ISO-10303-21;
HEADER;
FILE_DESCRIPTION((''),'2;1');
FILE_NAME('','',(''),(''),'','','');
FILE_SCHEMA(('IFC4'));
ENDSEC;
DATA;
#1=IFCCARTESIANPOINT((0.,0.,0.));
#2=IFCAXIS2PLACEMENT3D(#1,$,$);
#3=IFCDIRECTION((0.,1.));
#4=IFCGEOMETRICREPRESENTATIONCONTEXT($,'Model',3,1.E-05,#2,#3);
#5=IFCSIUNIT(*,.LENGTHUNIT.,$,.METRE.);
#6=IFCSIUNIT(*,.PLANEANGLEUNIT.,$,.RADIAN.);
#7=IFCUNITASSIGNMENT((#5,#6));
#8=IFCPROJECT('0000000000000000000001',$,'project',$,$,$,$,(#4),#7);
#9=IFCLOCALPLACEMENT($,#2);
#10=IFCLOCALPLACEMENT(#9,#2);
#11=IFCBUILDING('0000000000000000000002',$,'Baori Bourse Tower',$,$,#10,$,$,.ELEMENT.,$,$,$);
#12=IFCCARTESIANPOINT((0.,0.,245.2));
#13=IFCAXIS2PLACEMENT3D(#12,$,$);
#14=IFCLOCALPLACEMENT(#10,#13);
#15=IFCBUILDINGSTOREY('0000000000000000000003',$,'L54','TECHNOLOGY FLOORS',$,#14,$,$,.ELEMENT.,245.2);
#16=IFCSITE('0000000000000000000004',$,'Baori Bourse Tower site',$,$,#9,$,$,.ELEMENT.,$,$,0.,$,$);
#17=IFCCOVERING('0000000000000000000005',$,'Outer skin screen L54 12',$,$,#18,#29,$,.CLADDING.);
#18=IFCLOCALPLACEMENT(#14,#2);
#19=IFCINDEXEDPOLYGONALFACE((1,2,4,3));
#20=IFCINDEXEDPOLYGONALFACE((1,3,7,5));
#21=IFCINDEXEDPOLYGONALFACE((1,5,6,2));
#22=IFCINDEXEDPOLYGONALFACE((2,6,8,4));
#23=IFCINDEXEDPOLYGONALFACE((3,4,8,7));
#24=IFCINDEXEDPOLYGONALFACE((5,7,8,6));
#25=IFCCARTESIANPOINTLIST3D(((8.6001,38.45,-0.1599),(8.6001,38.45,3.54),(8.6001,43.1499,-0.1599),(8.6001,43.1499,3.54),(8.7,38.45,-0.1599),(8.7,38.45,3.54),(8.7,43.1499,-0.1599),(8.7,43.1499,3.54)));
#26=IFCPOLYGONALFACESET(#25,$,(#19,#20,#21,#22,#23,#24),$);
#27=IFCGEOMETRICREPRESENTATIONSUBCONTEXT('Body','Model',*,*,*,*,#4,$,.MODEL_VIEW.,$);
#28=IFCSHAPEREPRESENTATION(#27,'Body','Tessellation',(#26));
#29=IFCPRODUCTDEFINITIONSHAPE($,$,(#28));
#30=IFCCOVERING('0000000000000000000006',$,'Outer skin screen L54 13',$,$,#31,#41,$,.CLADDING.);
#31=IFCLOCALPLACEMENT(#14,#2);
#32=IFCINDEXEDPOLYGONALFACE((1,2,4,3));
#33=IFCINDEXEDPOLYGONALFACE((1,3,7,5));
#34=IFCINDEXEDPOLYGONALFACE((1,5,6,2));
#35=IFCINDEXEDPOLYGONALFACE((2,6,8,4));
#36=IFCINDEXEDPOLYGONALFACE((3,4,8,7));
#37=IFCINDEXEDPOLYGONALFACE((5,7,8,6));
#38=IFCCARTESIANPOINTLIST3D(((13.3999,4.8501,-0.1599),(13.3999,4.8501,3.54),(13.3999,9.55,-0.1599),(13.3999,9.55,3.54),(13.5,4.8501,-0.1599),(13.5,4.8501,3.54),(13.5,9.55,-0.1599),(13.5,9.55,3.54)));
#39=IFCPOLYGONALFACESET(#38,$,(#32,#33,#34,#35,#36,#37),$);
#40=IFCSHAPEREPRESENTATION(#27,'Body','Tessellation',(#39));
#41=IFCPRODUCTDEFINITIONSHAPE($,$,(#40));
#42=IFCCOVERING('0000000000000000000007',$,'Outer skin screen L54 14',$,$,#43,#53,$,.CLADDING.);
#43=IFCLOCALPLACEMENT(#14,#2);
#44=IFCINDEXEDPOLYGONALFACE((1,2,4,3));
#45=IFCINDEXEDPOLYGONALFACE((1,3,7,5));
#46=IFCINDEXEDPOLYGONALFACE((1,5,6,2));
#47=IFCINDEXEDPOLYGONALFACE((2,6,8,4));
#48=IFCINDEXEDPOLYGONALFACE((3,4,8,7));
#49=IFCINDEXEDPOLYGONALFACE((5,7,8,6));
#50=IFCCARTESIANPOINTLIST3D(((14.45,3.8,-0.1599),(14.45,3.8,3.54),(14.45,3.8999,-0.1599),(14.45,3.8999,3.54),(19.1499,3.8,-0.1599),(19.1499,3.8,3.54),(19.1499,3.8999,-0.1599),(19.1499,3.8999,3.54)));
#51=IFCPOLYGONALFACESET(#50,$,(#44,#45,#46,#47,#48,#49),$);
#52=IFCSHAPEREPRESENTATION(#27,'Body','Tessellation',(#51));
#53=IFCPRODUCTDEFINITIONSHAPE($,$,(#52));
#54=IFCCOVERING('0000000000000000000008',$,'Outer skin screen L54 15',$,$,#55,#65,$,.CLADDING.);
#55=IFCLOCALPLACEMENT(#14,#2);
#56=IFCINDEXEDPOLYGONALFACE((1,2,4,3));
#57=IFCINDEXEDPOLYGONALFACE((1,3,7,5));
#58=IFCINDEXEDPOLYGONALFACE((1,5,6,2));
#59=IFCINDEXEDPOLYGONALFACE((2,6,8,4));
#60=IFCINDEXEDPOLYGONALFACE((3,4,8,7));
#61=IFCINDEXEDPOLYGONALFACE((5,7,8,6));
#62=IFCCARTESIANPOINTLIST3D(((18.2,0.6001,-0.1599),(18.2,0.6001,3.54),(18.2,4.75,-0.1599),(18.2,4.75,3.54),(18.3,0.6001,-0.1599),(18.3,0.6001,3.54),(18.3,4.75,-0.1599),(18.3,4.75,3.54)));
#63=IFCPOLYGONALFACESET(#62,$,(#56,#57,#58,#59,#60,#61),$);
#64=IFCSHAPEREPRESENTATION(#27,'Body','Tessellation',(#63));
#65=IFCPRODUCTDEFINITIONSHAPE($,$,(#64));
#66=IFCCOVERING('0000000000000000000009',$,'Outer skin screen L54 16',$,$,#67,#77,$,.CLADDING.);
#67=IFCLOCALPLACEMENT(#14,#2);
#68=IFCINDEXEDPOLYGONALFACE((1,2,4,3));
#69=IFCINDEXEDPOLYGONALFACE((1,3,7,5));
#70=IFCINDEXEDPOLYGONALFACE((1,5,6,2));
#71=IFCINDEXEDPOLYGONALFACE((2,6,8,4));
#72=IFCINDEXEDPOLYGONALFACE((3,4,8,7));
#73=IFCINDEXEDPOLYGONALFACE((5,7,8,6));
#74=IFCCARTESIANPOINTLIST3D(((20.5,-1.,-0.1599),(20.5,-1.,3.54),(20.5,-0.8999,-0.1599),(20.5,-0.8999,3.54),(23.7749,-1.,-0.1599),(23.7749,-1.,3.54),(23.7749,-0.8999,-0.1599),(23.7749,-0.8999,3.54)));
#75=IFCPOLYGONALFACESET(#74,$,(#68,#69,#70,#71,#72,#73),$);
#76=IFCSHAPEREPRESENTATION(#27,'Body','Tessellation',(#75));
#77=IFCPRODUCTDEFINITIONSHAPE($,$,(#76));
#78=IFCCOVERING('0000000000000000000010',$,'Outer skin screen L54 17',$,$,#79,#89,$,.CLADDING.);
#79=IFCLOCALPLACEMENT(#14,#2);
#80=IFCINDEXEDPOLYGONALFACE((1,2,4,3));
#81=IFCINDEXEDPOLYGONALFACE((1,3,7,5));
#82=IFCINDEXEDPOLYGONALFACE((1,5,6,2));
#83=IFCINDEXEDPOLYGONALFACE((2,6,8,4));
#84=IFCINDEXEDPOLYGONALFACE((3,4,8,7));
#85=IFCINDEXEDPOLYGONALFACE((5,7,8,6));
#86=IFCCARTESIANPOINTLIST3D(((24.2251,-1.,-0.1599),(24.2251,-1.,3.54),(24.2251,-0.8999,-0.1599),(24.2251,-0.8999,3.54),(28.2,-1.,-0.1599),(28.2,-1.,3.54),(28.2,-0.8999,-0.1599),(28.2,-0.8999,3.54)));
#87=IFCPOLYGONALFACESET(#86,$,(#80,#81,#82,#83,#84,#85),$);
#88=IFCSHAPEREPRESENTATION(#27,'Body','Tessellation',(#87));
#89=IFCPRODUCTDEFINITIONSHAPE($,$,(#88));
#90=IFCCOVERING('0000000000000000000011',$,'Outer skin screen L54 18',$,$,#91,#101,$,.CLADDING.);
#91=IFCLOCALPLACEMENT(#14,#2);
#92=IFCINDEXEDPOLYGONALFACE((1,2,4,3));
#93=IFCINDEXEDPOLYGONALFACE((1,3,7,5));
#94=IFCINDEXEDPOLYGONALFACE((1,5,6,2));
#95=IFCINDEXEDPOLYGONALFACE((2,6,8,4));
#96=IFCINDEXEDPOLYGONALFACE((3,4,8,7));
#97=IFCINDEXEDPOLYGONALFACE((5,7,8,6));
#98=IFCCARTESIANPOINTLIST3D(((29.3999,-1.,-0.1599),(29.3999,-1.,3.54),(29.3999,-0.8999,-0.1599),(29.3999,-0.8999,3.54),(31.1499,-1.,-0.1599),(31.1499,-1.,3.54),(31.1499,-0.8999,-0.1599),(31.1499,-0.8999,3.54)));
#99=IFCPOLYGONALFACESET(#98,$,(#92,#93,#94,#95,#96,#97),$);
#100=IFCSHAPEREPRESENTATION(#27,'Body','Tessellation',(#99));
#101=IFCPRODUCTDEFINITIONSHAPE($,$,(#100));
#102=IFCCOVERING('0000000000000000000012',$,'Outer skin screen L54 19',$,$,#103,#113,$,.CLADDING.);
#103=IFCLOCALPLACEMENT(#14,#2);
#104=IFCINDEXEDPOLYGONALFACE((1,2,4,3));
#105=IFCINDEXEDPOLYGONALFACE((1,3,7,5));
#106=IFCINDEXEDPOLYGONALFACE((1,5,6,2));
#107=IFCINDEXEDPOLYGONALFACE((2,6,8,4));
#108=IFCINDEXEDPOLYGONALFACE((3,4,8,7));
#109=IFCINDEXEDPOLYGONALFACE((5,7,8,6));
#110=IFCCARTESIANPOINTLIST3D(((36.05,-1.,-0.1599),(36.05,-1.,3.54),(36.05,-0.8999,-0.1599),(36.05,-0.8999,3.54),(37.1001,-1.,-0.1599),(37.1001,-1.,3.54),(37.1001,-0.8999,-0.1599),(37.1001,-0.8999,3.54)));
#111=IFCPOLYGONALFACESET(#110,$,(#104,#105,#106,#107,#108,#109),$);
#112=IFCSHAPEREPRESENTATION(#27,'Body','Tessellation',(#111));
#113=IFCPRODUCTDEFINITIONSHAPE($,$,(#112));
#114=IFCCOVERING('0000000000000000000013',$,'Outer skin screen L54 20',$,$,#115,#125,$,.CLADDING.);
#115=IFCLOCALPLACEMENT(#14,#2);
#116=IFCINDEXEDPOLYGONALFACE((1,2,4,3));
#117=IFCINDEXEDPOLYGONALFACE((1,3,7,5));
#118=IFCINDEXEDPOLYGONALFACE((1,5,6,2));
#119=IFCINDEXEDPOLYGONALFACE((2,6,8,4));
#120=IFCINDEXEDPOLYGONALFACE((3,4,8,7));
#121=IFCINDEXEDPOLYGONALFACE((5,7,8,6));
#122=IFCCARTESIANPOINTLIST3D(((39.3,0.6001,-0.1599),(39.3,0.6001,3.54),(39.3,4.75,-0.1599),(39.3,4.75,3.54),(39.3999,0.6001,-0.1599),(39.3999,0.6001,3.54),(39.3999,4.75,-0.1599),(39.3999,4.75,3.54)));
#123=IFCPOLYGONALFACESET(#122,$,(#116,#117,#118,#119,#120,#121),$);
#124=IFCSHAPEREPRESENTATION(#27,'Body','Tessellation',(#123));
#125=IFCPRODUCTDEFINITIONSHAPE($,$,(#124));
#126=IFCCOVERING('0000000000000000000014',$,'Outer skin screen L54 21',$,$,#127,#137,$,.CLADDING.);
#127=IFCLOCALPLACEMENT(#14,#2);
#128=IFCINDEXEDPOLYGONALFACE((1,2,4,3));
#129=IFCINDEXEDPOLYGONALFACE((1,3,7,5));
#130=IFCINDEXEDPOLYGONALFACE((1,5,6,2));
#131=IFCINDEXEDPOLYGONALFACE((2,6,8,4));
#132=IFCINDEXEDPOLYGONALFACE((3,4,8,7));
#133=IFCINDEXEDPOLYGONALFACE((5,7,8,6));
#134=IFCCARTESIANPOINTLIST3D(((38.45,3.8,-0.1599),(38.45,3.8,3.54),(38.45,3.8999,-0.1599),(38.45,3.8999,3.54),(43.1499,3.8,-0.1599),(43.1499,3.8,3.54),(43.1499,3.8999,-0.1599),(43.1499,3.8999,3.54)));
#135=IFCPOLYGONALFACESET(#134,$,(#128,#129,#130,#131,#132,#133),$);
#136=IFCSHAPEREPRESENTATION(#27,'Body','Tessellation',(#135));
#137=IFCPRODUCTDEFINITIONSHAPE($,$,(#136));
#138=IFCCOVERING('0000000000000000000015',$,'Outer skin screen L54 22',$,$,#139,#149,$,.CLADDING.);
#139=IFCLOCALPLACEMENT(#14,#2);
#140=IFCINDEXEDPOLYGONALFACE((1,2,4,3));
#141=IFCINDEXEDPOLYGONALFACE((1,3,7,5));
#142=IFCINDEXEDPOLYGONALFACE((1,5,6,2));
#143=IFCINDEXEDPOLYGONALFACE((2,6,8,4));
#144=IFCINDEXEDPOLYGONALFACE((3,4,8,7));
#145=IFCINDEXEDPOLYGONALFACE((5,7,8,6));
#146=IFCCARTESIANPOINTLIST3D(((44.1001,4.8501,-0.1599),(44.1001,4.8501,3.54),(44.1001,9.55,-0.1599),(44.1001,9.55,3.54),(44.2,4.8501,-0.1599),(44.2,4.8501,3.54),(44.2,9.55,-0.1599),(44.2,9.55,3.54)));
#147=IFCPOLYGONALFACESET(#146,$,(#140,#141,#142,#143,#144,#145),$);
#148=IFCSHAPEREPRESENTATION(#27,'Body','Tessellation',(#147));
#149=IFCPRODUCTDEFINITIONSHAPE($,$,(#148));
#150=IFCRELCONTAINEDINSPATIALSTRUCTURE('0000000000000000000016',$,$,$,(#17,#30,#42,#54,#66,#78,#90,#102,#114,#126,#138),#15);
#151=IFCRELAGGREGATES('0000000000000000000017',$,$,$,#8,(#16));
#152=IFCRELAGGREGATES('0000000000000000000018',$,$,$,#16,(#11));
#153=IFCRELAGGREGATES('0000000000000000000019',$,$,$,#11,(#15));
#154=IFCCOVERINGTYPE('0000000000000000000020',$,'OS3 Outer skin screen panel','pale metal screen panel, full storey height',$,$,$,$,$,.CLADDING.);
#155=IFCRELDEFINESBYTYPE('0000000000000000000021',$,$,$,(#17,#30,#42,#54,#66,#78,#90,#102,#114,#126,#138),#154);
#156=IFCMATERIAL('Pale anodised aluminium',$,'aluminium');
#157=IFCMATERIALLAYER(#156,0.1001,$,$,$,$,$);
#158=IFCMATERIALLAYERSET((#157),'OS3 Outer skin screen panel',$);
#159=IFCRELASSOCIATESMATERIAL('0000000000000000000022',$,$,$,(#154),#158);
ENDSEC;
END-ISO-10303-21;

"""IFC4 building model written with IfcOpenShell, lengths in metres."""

from ifc_helpers import new_model, si_unit, direction, frame, origin, place, context, subcontext, project, spatial, polyline, outline, extrude, material, layer, layer_set, type_object, element, save


model = new_model("IFC4")

# Units and contexts
model_context = context("Model", 3, precision=1e-05, world=origin(), true_north=direction((0.0, 1.0)))
body_context = subcontext(model_context, "Body", "Model", "MODEL_VIEW")
ifc_project = project(units=[si_unit("LENGTHUNIT", "METRE"), si_unit("PLANEANGLEUNIT", "RADIAN")], contexts=[model_context])

# Site, building, storey
site_placement = place(None, origin())
site = spatial("IfcSite", under=ifc_project, at=site_placement, Name="Baori Bourse Tower site", CompositionType="ELEMENT", RefElevation=0.0)
building_placement = place(site_placement, origin())
building = spatial("IfcBuilding", under=site, at=building_placement, Name="Baori Bourse Tower", CompositionType="ELEMENT")
storey_placement = place(building_placement, frame((0.0, 0.0, 245.2)))
storey = spatial("IfcBuildingStorey", under=building, at=storey_placement, Name="L54", Description="TECHNOLOGY FLOORS", CompositionType="ELEMENT", Elevation=245.2)

# Coverings
ifc_material_1 = material(Name="Pale anodised aluminium", Category="aluminium")
ifc_layer_1 = layer(ifc_material_1, 0.1001)
ifc_layer_set_1 = layer_set([ifc_layer_1], Name="OS3 Outer skin screen panel")
covering_type_1 = type_object("IfcCoveringType", Name="OS3 Outer skin screen panel", Description="pale metal screen panel, full storey height", PredefinedType="CLADDING", material=ifc_layer_set_1)
covering_1_placement = place(storey_placement, frame((0.0, 0.0, -0.1599)))
element("IfcCovering", 1, at=covering_1_placement, inside=storey, type_object=covering_type_1, Name="Outer skin screen L54 12", PredefinedType="CLADDING", context=body_context, shape_type="SweptSolid", body=[
    extrude(outline(polyline([(8.7, 38.45), (8.7, 43.1499), (8.6001, 43.1499), (8.6001, 38.45), (8.7, 38.45)])), origin(), (0.0, 0.0, 1.0), 3.7),
])
covering_2_placement = place(storey_placement, frame((0.0, 0.0, -0.1599)))
element("IfcCovering", 2, at=covering_2_placement, inside=storey, type_object=covering_type_1, Name="Outer skin screen L54 13", PredefinedType="CLADDING", context=body_context, shape_type="SweptSolid", body=[
    extrude(outline(polyline([(13.5, 4.8501), (13.5, 9.55), (13.3999, 9.55), (13.3999, 4.8501), (13.5, 4.8501)])), origin(), (0.0, 0.0, 1.0), 3.7),
])
covering_3_placement = place(storey_placement, frame((0.0, 0.0, -0.1599)))
element("IfcCovering", 3, at=covering_3_placement, inside=storey, type_object=covering_type_1, Name="Outer skin screen L54 14", PredefinedType="CLADDING", context=body_context, shape_type="SweptSolid", body=[
    extrude(outline(polyline([(19.1499, 3.8999), (14.45, 3.8999), (14.45, 3.8), (19.1499, 3.8), (19.1499, 3.8999)])), origin(), (0.0, 0.0, 1.0), 3.7),
])
covering_4_placement = place(storey_placement, frame((0.0, 0.0, -0.1599)))
element("IfcCovering", 4, at=covering_4_placement, inside=storey, type_object=covering_type_1, Name="Outer skin screen L54 15", PredefinedType="CLADDING", context=body_context, shape_type="SweptSolid", body=[
    extrude(outline(polyline([(18.3, 0.6001), (18.3, 4.75), (18.2, 4.75), (18.2, 0.6001), (18.3, 0.6001)])), origin(), (0.0, 0.0, 1.0), 3.7),
])
covering_5_placement = place(storey_placement, frame((0.0, 0.0, -0.1599)))
element("IfcCovering", 5, at=covering_5_placement, inside=storey, type_object=covering_type_1, Name="Outer skin screen L54 16", PredefinedType="CLADDING", context=body_context, shape_type="SweptSolid", body=[
    extrude(outline(polyline([(23.7749, -0.8999), (20.5, -0.8999), (20.5, -1.0), (23.7749, -1.0), (23.7749, -0.8999)])), origin(), (0.0, 0.0, 1.0), 3.7),
])
covering_6_placement = place(storey_placement, frame((0.0, 0.0, -0.1599)))
element("IfcCovering", 6, at=covering_6_placement, inside=storey, type_object=covering_type_1, Name="Outer skin screen L54 17", PredefinedType="CLADDING", context=body_context, shape_type="SweptSolid", body=[
    extrude(outline(polyline([(28.2, -0.8999), (24.2251, -0.8999), (24.2251, -1.0), (28.2, -1.0), (28.2, -0.8999)])), origin(), (0.0, 0.0, 1.0), 3.7),
])
covering_7_placement = place(storey_placement, frame((0.0, 0.0, -0.1599)))
element("IfcCovering", 7, at=covering_7_placement, inside=storey, type_object=covering_type_1, Name="Outer skin screen L54 18", PredefinedType="CLADDING", context=body_context, shape_type="SweptSolid", body=[
    extrude(outline(polyline([(31.1499, -0.8999), (29.3999, -0.8999), (29.3999, -1.0), (31.1499, -1.0), (31.1499, -0.8999)])), origin(), (0.0, 0.0, 1.0), 3.7),
])
covering_8_placement = place(storey_placement, frame((0.0, 0.0, -0.1599)))
element("IfcCovering", 8, at=covering_8_placement, inside=storey, type_object=covering_type_1, Name="Outer skin screen L54 19", PredefinedType="CLADDING", context=body_context, shape_type="SweptSolid", body=[
    extrude(outline(polyline([(37.1001, -0.8999), (36.05, -0.8999), (36.05, -1.0), (37.1001, -1.0), (37.1001, -0.8999)])), origin(), (0.0, 0.0, 1.0), 3.7),
])
covering_9_placement = place(storey_placement, frame((0.0, 0.0, -0.1599)))
element("IfcCovering", 9, at=covering_9_placement, inside=storey, type_object=covering_type_1, Name="Outer skin screen L54 20", PredefinedType="CLADDING", context=body_context, shape_type="SweptSolid", body=[
    extrude(outline(polyline([(39.3, 4.75), (39.3, 0.6001), (39.3999, 0.6001), (39.3999, 4.75), (39.3, 4.75)])), origin(), (0.0, 0.0, 1.0), 3.7),
])
covering_10_placement = place(storey_placement, frame((0.0, 0.0, -0.1599)))
element("IfcCovering", 10, at=covering_10_placement, inside=storey, type_object=covering_type_1, Name="Outer skin screen L54 21", PredefinedType="CLADDING", context=body_context, shape_type="SweptSolid", body=[
    extrude(outline(polyline([(43.1499, 3.8999), (38.45, 3.8999), (38.45, 3.8), (43.1499, 3.8), (43.1499, 3.8999)])), origin(), (0.0, 0.0, 1.0), 3.7),
])
covering_11_placement = place(storey_placement, frame((0.0, 0.0, -0.1599)))
element("IfcCovering", 11, at=covering_11_placement, inside=storey, type_object=covering_type_1, Name="Outer skin screen L54 22", PredefinedType="CLADDING", context=body_context, shape_type="SweptSolid", body=[
    extrude(outline(polyline([(44.1001, 9.55), (44.1001, 4.8501), (44.2, 4.8501), (44.2, 9.55), (44.1001, 9.55)])), origin(), (0.0, 0.0, 1.0), 3.7),
])

save(model, "model.ifc")
